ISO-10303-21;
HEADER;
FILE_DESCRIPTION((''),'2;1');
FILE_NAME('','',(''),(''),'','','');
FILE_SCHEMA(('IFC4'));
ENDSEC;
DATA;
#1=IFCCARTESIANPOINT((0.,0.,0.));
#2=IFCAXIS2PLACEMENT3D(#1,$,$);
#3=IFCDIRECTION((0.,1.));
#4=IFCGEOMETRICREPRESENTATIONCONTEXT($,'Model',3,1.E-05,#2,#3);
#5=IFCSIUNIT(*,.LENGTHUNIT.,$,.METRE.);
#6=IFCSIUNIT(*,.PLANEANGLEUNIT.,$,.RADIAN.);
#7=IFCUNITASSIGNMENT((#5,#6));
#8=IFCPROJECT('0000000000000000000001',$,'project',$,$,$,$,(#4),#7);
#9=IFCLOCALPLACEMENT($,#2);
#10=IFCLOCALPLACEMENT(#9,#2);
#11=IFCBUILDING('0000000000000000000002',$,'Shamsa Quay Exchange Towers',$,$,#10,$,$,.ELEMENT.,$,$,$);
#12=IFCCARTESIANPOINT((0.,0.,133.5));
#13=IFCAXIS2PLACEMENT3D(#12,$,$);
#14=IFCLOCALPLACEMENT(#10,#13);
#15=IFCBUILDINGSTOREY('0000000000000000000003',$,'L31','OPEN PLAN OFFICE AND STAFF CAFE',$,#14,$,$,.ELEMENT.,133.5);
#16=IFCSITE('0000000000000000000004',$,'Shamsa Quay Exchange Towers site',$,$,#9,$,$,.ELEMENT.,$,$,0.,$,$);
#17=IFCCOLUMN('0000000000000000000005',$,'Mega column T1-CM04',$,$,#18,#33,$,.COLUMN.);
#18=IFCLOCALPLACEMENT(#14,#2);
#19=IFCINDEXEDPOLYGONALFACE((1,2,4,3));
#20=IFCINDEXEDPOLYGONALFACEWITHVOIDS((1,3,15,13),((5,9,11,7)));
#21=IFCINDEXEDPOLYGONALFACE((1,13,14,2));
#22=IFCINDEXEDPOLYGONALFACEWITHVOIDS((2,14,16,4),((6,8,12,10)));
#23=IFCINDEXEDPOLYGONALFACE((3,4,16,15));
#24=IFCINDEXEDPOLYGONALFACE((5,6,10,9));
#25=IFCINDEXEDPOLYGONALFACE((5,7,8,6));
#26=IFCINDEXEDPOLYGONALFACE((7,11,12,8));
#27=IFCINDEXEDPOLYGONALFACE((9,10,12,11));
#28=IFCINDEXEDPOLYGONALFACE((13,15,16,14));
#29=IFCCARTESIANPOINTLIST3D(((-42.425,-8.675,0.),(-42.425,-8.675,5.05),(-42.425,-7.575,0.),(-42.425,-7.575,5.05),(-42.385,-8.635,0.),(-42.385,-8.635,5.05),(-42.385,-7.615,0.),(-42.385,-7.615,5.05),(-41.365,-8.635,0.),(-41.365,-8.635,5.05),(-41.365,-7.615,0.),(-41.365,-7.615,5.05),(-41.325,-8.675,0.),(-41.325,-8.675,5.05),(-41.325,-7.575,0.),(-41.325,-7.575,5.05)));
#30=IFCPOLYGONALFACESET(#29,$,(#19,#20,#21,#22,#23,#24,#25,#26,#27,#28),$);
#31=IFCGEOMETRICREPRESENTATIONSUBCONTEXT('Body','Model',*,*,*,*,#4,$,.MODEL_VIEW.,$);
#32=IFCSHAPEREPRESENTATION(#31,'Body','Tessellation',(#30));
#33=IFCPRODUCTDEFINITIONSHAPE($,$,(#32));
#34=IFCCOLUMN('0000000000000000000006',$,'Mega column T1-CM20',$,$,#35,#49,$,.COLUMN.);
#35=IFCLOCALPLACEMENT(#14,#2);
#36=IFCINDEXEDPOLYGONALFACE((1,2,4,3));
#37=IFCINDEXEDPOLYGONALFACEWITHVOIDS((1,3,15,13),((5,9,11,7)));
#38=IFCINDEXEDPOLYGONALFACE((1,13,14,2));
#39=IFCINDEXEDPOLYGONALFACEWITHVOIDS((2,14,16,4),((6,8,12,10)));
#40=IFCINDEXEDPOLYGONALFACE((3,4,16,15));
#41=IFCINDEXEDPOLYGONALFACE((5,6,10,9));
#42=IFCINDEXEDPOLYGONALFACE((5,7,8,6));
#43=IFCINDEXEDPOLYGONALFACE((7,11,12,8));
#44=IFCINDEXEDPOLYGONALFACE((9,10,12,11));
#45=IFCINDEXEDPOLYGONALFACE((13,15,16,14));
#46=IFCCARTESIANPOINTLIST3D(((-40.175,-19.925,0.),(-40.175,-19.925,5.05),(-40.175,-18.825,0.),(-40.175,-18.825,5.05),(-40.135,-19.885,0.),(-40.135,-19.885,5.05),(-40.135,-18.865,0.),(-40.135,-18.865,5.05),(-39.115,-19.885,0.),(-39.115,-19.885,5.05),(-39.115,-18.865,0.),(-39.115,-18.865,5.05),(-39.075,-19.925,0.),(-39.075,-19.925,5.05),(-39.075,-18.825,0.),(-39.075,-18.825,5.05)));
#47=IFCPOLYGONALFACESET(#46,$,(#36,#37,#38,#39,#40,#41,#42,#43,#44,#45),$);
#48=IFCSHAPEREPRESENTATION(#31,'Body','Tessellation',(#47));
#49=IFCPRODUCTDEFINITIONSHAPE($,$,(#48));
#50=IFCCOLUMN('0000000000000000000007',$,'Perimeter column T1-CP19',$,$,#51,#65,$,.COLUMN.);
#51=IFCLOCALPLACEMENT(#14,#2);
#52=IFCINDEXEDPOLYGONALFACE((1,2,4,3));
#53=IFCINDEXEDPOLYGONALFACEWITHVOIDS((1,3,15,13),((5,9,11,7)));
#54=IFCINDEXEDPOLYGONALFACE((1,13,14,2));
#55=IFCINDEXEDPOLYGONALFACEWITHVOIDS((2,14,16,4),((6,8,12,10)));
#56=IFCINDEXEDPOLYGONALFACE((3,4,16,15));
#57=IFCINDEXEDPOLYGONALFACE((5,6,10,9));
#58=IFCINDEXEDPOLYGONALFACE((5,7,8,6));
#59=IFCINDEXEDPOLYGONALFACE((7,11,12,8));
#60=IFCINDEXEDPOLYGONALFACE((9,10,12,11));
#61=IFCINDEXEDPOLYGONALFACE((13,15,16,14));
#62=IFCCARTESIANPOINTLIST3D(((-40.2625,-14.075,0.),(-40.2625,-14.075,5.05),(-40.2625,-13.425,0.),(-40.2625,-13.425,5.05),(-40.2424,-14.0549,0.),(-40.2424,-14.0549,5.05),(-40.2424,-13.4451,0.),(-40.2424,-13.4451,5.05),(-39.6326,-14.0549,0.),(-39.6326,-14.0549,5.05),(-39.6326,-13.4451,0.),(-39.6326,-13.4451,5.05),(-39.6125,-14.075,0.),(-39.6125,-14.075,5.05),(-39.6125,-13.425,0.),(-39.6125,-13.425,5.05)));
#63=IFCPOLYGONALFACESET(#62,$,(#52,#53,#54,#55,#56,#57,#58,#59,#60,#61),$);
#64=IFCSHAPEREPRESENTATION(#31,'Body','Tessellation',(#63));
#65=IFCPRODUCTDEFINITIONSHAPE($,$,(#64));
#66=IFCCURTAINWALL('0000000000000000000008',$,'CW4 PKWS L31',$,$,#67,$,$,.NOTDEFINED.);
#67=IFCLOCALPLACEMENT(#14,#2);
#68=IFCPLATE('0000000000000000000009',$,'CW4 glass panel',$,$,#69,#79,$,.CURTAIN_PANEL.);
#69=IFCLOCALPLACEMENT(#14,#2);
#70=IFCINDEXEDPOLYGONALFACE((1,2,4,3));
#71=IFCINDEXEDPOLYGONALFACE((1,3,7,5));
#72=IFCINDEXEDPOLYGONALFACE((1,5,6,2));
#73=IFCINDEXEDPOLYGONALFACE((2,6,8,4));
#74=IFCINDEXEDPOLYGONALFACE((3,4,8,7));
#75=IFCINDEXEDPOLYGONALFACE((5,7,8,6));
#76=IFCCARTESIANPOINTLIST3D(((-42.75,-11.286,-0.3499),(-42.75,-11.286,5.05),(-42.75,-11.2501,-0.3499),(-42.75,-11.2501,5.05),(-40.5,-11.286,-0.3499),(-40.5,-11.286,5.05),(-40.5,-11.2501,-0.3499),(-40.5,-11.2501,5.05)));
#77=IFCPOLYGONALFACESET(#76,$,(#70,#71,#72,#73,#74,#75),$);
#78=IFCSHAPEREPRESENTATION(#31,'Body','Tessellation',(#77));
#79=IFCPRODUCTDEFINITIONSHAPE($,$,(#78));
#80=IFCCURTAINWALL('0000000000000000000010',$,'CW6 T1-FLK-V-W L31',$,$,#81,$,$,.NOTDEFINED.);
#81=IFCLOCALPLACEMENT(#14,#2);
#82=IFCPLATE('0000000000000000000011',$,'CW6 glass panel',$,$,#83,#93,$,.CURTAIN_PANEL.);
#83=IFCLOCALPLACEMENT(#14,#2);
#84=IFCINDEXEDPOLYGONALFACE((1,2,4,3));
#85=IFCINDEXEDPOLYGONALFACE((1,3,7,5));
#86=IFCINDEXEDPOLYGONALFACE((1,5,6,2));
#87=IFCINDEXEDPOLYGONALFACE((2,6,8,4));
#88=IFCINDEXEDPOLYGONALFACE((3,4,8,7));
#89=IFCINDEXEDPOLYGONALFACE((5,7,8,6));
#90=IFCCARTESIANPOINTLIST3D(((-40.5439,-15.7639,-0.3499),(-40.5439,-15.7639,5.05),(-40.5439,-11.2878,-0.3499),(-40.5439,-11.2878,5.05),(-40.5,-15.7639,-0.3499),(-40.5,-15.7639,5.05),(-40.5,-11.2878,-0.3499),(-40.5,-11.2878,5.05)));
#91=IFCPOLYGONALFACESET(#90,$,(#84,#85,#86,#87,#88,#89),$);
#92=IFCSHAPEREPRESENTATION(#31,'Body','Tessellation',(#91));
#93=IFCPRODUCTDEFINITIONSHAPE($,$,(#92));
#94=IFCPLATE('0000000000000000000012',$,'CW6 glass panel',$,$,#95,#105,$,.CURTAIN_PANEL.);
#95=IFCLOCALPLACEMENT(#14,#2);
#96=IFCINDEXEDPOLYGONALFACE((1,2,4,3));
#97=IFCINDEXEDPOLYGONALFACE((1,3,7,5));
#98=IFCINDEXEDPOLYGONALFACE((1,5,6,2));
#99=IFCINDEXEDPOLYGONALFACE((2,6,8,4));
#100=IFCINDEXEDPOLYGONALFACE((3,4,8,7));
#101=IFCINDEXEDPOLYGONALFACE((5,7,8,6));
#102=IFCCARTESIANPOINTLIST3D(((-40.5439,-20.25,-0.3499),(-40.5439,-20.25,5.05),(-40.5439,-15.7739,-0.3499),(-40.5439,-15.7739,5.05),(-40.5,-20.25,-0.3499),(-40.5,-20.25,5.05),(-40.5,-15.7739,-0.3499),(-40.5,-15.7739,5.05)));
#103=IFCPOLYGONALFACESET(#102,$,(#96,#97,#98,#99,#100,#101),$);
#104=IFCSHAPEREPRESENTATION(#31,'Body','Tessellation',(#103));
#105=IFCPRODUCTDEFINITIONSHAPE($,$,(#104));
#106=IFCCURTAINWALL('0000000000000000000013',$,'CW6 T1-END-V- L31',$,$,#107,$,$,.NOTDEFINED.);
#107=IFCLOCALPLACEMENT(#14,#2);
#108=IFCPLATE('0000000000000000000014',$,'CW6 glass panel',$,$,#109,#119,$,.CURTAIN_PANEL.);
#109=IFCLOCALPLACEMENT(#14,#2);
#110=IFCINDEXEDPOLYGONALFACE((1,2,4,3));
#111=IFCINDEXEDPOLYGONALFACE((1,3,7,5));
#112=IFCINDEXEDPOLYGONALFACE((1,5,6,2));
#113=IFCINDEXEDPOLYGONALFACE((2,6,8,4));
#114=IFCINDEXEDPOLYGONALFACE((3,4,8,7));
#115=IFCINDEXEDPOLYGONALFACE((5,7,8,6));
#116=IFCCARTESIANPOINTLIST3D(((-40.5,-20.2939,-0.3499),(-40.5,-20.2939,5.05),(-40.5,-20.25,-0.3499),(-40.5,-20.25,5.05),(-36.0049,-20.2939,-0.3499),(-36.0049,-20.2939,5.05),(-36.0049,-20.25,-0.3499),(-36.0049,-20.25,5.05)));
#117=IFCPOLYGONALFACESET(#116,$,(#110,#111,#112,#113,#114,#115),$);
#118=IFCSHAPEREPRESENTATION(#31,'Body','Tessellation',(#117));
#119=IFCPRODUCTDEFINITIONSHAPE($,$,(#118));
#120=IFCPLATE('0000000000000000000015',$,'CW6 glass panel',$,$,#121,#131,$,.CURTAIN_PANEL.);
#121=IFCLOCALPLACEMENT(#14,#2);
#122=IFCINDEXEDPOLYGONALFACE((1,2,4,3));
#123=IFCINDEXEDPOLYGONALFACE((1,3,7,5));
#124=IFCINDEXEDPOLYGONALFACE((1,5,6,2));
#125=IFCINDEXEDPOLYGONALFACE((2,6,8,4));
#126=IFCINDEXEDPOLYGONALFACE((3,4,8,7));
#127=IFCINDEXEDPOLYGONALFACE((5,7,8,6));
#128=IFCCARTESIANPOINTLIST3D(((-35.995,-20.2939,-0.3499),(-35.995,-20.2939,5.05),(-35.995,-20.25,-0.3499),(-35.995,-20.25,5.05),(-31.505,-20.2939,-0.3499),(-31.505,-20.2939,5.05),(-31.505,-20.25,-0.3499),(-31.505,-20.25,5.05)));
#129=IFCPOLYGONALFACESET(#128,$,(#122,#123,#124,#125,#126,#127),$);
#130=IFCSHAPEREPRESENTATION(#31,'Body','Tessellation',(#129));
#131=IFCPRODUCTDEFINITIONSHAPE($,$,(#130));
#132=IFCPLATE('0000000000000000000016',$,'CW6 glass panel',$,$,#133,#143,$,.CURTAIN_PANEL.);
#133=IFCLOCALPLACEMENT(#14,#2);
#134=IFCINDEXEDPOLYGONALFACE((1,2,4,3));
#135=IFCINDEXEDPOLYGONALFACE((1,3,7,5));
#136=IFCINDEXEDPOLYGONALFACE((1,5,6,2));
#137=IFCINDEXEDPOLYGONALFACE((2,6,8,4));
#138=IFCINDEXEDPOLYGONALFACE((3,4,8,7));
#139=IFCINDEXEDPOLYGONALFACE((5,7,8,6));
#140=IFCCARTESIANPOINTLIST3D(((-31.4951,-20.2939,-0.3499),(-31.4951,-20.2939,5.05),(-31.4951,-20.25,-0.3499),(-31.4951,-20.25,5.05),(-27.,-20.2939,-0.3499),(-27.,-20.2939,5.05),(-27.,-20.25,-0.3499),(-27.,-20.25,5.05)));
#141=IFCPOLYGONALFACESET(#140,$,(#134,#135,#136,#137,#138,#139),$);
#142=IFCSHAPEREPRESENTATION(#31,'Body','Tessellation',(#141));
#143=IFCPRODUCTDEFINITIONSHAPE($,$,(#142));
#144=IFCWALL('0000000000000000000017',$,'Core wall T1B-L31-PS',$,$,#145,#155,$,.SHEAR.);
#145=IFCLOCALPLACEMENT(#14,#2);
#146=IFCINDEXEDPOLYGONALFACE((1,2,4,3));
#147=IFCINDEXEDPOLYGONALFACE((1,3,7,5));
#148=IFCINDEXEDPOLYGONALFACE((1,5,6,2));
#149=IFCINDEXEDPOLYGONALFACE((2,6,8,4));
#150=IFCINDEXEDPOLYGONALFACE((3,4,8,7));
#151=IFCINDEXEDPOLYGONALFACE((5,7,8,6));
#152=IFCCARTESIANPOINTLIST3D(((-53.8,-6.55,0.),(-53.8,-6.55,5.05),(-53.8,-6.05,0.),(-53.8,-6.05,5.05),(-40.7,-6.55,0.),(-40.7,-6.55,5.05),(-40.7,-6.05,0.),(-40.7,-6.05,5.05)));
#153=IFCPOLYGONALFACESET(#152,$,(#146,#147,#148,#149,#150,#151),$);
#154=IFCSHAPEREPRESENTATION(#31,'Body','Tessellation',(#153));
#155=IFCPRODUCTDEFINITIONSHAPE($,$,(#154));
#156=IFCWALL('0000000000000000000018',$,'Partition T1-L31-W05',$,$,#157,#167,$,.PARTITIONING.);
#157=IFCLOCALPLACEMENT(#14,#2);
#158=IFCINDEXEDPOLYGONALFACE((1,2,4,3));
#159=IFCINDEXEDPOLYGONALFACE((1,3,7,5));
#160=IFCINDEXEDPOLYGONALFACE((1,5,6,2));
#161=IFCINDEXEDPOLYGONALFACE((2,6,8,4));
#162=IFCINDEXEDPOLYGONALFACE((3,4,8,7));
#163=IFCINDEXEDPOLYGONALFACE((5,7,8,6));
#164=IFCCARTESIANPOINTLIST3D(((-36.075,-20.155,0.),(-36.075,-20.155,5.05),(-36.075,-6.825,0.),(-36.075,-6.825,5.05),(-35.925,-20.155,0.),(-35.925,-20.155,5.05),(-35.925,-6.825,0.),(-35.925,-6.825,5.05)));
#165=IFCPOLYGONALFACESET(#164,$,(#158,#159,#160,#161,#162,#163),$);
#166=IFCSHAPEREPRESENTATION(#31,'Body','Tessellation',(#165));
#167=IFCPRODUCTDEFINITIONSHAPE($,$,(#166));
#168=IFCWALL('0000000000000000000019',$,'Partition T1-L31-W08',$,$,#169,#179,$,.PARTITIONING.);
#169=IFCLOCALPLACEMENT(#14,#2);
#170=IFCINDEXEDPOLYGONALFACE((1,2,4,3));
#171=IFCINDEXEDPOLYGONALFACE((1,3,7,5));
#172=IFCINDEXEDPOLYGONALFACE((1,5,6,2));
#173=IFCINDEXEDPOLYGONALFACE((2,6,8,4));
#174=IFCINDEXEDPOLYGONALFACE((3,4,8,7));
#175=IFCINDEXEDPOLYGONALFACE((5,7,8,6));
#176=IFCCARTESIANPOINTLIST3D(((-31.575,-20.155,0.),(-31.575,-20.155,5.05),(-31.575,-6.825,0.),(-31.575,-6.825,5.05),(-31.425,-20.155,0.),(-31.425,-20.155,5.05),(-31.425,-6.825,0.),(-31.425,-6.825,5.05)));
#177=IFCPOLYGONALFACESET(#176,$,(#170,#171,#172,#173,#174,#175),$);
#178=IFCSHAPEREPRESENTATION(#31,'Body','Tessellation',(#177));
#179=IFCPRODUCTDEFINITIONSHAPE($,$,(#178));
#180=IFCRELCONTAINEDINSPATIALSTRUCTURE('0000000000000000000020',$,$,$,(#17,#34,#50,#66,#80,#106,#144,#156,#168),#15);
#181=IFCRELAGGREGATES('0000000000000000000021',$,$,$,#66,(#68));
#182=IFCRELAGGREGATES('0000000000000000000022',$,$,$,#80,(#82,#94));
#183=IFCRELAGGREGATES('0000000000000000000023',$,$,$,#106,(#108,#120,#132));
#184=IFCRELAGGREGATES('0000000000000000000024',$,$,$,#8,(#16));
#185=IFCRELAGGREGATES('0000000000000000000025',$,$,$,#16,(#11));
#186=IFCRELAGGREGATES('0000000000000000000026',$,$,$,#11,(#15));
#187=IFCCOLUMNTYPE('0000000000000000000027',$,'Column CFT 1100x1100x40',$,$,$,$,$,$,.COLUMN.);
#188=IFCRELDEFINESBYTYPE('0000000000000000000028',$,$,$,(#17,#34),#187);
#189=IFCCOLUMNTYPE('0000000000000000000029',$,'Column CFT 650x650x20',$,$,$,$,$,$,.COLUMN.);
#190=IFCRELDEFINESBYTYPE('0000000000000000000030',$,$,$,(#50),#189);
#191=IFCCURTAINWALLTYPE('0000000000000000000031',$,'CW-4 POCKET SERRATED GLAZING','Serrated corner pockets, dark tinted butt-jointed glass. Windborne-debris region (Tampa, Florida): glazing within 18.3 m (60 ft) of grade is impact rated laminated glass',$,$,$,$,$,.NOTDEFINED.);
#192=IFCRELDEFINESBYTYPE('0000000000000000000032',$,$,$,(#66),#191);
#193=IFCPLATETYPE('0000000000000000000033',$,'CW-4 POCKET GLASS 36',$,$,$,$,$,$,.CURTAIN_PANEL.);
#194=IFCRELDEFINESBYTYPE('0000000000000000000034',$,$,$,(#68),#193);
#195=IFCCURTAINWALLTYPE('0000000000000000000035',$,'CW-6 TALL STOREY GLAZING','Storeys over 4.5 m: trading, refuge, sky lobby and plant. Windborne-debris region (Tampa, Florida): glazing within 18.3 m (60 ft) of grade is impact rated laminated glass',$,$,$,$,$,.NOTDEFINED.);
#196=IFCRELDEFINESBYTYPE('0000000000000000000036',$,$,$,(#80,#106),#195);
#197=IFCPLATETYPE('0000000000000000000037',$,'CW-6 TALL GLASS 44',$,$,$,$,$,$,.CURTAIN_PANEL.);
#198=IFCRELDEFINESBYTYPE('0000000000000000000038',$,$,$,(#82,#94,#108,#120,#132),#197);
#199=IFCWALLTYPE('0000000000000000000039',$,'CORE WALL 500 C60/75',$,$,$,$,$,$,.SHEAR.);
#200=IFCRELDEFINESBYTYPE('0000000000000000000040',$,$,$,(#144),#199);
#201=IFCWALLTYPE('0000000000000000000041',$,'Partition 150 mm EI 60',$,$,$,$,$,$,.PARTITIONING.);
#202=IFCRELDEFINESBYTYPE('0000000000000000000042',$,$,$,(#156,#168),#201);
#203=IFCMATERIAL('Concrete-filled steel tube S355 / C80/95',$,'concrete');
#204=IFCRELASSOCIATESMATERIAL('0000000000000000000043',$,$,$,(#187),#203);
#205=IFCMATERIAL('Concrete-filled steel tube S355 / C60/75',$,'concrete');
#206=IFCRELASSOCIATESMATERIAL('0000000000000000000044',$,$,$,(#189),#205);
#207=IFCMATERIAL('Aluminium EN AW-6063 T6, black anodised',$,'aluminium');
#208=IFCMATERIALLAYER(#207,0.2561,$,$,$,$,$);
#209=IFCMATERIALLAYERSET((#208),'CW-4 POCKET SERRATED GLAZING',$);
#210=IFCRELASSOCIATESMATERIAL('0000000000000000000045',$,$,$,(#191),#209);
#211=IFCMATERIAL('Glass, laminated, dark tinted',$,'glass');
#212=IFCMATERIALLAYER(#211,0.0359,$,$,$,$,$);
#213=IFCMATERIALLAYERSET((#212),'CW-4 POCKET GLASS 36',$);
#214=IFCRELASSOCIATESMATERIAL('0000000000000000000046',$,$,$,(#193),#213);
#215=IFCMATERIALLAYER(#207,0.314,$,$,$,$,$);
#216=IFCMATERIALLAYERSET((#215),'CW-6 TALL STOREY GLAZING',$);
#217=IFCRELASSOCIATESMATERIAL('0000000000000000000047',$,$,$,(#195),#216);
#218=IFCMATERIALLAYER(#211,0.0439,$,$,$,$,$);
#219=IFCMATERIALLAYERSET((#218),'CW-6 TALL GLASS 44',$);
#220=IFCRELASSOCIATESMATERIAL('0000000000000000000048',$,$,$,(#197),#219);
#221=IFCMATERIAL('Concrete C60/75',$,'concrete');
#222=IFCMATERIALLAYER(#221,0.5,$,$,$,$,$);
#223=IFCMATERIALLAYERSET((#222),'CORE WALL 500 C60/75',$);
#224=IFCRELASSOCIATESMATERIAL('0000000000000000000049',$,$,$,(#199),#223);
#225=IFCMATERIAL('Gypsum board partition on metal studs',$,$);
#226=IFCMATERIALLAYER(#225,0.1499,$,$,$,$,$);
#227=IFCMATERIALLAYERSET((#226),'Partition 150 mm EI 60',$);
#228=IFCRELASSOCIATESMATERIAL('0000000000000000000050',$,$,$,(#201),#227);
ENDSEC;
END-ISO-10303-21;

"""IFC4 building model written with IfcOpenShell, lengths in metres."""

from ifc_helpers import new_model, si_unit, direction, frame, frame_2d, origin, origin_2d, place, context, subcontext, project, spatial, rectangle, hollow_rectangle, extrude, material, layer, layer_set, material_profile, profile_set, type_object, element, aggregate, save


model = new_model("IFC4")

# Units and contexts
model_context = context("Model", 3, precision=1e-05, world=origin(), true_north=direction((0.0, 1.0)))
body_context = subcontext(model_context, "Body", "Model", "MODEL_VIEW")
ifc_project = project(units=[si_unit("LENGTHUNIT", "METRE"), si_unit("PLANEANGLEUNIT", "RADIAN")], contexts=[model_context])

# Site, building, storey
site_placement = place(None, origin())
site = spatial("IfcSite", under=ifc_project, at=site_placement, Name="Shamsa Quay Exchange Towers site", CompositionType="ELEMENT", RefElevation=0.0)
building_placement = place(site_placement, origin())
building = spatial("IfcBuilding", under=site, at=building_placement, Name="Shamsa Quay Exchange Towers", CompositionType="ELEMENT")
storey_placement = place(building_placement, frame((0.0, 0.0, 133.5)))
storey = spatial("IfcBuildingStorey", under=building, at=storey_placement, Name="L31", Description="OPEN PLAN OFFICE AND STAFF CAFE", CompositionType="ELEMENT", Elevation=133.5)

# Columns
ifc_material_1 = material(Name="Concrete-filled steel tube S355 / C80/95", Category="concrete")
ifc_material_profile_1 = material_profile(ifc_material_1, hollow_rectangle(XDim=1.1001, YDim=1.1001, WallThickness=0.04, at=origin_2d()), Name="CFT 1100x1100x40")
ifc_profile_set_1 = profile_set([ifc_material_profile_1], Name="Concrete-filled steel tube S355 / C80/95")
column_type_1 = type_object("IfcColumnType", Name="Column CFT 1100x1100x40", PredefinedType="COLUMN", material=ifc_profile_set_1)
for number, where, name in (
    (1, (-41.875, -8.125, 0.0), "Mega column T1-CM04"),
    (2, (-39.625, -19.375, 0.0), "Mega column T1-CM20"),
):
    element("IfcColumn", number, at=place(storey_placement, frame(where)), inside=storey, type_object=column_type_1, Name=name, PredefinedType="COLUMN", context=body_context, shape_type="SweptSolid", body=[
        extrude(hollow_rectangle(XDim=1.1001, YDim=1.1001, WallThickness=0.04, at=origin_2d()), origin(), (0.0, 0.0, 1.0), 5.05),
    ])
ifc_material_2 = material(Name="Concrete-filled steel tube S355 / C60/75", Category="concrete")
ifc_material_profile_2 = material_profile(ifc_material_2, hollow_rectangle(XDim=0.6499, YDim=0.6499, WallThickness=0.02, at=origin_2d()), Name="CFT 650x650x20")
ifc_profile_set_2 = profile_set([ifc_material_profile_2], Name="Concrete-filled steel tube S355 / C60/75")
column_type_2 = type_object("IfcColumnType", Name="Column CFT 650x650x20", PredefinedType="COLUMN", material=ifc_profile_set_2)
column_placement = place(storey_placement, frame((-39.9375, -13.75, 0.0)))
element("IfcColumn", 3, at=column_placement, inside=storey, type_object=column_type_2, Name="Perimeter column T1-CP19", PredefinedType="COLUMN", context=body_context, shape_type="SweptSolid", body=[
    extrude(hollow_rectangle(XDim=0.6499, YDim=0.6499, WallThickness=0.02, at=origin_2d()), origin(), (0.0, 0.0, 1.0), 5.05),
])

# Curtain wall, plate
ifc_material_3 = material(Name="Aluminium EN AW-6063 T6, black anodised", Category="aluminium")
ifc_layer_1 = layer(ifc_material_3, 0.2561)
ifc_layer_set_1 = layer_set([ifc_layer_1], Name="CW-4 POCKET SERRATED GLAZING")
curtain_wall_type_1 = type_object("IfcCurtainWallType", Name="CW-4 POCKET SERRATED GLAZING", Description="Serrated corner pockets, dark tinted butt-jointed glass. Windborne-debris region (Tampa, Florida): glazing within 18.3 m (60 ft) of grade is impact rated laminated glass", PredefinedType="NOTDEFINED", material=ifc_layer_set_1)
curtain_wall_1_placement = place(storey_placement, origin())
curtain_wall_1 = element("IfcCurtainWall", 4, at=curtain_wall_1_placement, inside=storey, type_object=curtain_wall_type_1, Name="CW4 PKWS L31", PredefinedType="NOTDEFINED")
ifc_material_4 = material(Name="Glass, laminated, dark tinted", Category="glass")
ifc_layer_2 = layer(ifc_material_4, 0.0359)
ifc_layer_set_2 = layer_set([ifc_layer_2], Name="CW-4 POCKET GLASS 36")
plate_type_1 = type_object("IfcPlateType", Name="CW-4 POCKET GLASS 36", PredefinedType="CURTAIN_PANEL", material=ifc_layer_set_2)
plate_1_placement = place(storey_placement, frame((-41.625, -11.2681, -0.3499)))
plate_1 = element("IfcPlate", 5, at=plate_1_placement, type_object=plate_type_1, Name="CW4 glass panel", PredefinedType="CURTAIN_PANEL", context=body_context, shape_type="SweptSolid", body=[
    extrude(rectangle(XDim=2.25, YDim=0.0359, at=origin_2d()), origin(), (0.0, 0.0, 1.0), 5.3999),
])
aggregate(curtain_wall_1, [plate_1])

# Curtain walls, plates
ifc_layer_3 = layer(ifc_material_3, 0.314)
ifc_layer_set_3 = layer_set([ifc_layer_3], Name="CW-6 TALL STOREY GLAZING")
curtain_wall_type_2 = type_object("IfcCurtainWallType", Name="CW-6 TALL STOREY GLAZING", Description="Storeys over 4.5 m: trading, refuge, sky lobby and plant. Windborne-debris region (Tampa, Florida): glazing within 18.3 m (60 ft) of grade is impact rated laminated glass", PredefinedType="NOTDEFINED", material=ifc_layer_set_3)
curtain_wall_2_placement = place(storey_placement, origin())
curtain_wall_2 = element("IfcCurtainWall", 6, at=curtain_wall_2_placement, inside=storey, type_object=curtain_wall_type_2, Name="CW6 T1-FLK-V-W L31", PredefinedType="NOTDEFINED")
ifc_layer_4 = layer(ifc_material_4, 0.0439)
ifc_layer_set_4 = layer_set([ifc_layer_4], Name="CW-6 TALL GLASS 44")
plate_type_2 = type_object("IfcPlateType", Name="CW-6 TALL GLASS 44", PredefinedType="CURTAIN_PANEL", material=ifc_layer_set_4)
plate_2_placement = place(storey_placement, frame((-40.522, -13.5259, -0.3499), z_axis=(0.0, 0.0, 1.0), x_axis=(0.0, -1.0, 0.0)))
plate_2 = element("IfcPlate", 7, at=plate_2_placement, type_object=plate_type_2, Name="CW6 glass panel", PredefinedType="CURTAIN_PANEL", context=body_context, shape_type="SweptSolid", body=[
    extrude(rectangle(XDim=4.4761, YDim=0.0439, at=origin_2d()), origin(), (0.0, 0.0, 1.0), 5.3999),
])
plate_3_placement = place(storey_placement, frame((-40.522, -18.012, -0.3499), z_axis=(0.0, 0.0, 1.0), x_axis=(0.0, -1.0, 0.0)))
plate_3 = element("IfcPlate", 8, at=plate_3_placement, type_object=plate_type_2, Name="CW6 glass panel", PredefinedType="CURTAIN_PANEL", context=body_context, shape_type="SweptSolid", body=[
    extrude(rectangle(XDim=4.4761, YDim=0.0439, at=origin_2d()), origin(), (0.0, 0.0, 1.0), 5.3999),
])
aggregate(curtain_wall_2, [plate_2, plate_3])
curtain_wall_3_placement = place(storey_placement, origin())
curtain_wall_3 = element("IfcCurtainWall", 9, at=curtain_wall_3_placement, inside=storey, type_object=curtain_wall_type_2, Name="CW6 T1-END-V- L31", PredefinedType="NOTDEFINED")
plate_4_placement = place(storey_placement, frame((-38.2524, -20.272, -0.3499)))
plate_4 = element("IfcPlate", 10, at=plate_4_placement, type_object=plate_type_2, Name="CW6 glass panel", PredefinedType="CURTAIN_PANEL", context=body_context, shape_type="SweptSolid", body=[
    extrude(rectangle(XDim=4.4951, YDim=0.0439, at=origin_2d()), origin(), (0.0, 0.0, 1.0), 5.3999),
])
plate_5_placement = place(storey_placement, frame((-33.75, -20.272, -0.3499)))
plate_5 = element("IfcPlate", 11, at=plate_5_placement, type_object=plate_type_2, Name="CW6 glass panel", PredefinedType="CURTAIN_PANEL", context=body_context, shape_type="SweptSolid", body=[
    extrude(rectangle(XDim=4.49, YDim=0.0439, at=origin_2d()), origin(), (0.0, 0.0, 1.0), 5.3999),
])
plate_6_placement = place(storey_placement, frame((-29.2476, -20.272, -0.3499)))
plate_6 = element("IfcPlate", 12, at=plate_6_placement, type_object=plate_type_2, Name="CW6 glass panel", PredefinedType="CURTAIN_PANEL", context=body_context, shape_type="SweptSolid", body=[
    extrude(rectangle(XDim=4.4951, YDim=0.0439, at=origin_2d()), origin(), (0.0, 0.0, 1.0), 5.3999),
])
aggregate(curtain_wall_3, [plate_4, plate_5, plate_6])

# Wall
ifc_material_5 = material(Name="Concrete C60/75", Category="concrete")
ifc_layer_5 = layer(ifc_material_5, 0.5)
ifc_layer_set_5 = layer_set([ifc_layer_5], Name="CORE WALL 500 C60/75")
wall_type_1 = type_object("IfcWallType", Name="CORE WALL 500 C60/75", PredefinedType="SHEAR", material=ifc_layer_set_5)
wall_1_placement = place(storey_placement, frame((-40.7, -6.3, 0.0), z_axis=(0.0, 0.0, 1.0), x_axis=(-1.0, 0.0, 0.0)))
element("IfcWall", 13, at=wall_1_placement, inside=storey, type_object=wall_type_1, Name="Core wall T1B-L31-PS", PredefinedType="SHEAR", context=body_context, shape_type="SweptSolid", body=[
    extrude(rectangle(XDim=13.1001, YDim=0.5, at=frame_2d((6.55, 0.0))), origin(), (0.0, 0.0, 1.0), 5.05),
])

# Walls
ifc_material_6 = material(Name="Gypsum board partition on metal studs")
ifc_layer_6 = layer(ifc_material_6, 0.1499)
ifc_layer_set_6 = layer_set([ifc_layer_6], Name="Partition 150 mm EI 60")
wall_type_2 = type_object("IfcWallType", Name="Partition 150 mm EI 60", PredefinedType="PARTITIONING", material=ifc_layer_set_6)
for number, where, z_axis, x_axis, name in (
    (14, (-36.0, -20.155, 0.0), (0.0, 0.0, 1.0), (0.0, 1.0, 0.0), "Partition T1-L31-W05"),
    (15, (-31.5, -20.155, 0.0), (0.0, 0.0, 1.0), (0.0, 1.0, 0.0), "Partition T1-L31-W08"),
):
    element("IfcWall", number, at=place(storey_placement, frame(where, z_axis=z_axis, x_axis=x_axis)), inside=storey, type_object=wall_type_2, Name=name, PredefinedType="PARTITIONING", context=body_context, shape_type="SweptSolid", body=[
        extrude(rectangle(XDim=13.3301, YDim=0.1499, at=frame_2d((6.665, 0.0))), origin(), (0.0, 0.0, 1.0), 5.05),
    ])

save(model, "model.ifc")
